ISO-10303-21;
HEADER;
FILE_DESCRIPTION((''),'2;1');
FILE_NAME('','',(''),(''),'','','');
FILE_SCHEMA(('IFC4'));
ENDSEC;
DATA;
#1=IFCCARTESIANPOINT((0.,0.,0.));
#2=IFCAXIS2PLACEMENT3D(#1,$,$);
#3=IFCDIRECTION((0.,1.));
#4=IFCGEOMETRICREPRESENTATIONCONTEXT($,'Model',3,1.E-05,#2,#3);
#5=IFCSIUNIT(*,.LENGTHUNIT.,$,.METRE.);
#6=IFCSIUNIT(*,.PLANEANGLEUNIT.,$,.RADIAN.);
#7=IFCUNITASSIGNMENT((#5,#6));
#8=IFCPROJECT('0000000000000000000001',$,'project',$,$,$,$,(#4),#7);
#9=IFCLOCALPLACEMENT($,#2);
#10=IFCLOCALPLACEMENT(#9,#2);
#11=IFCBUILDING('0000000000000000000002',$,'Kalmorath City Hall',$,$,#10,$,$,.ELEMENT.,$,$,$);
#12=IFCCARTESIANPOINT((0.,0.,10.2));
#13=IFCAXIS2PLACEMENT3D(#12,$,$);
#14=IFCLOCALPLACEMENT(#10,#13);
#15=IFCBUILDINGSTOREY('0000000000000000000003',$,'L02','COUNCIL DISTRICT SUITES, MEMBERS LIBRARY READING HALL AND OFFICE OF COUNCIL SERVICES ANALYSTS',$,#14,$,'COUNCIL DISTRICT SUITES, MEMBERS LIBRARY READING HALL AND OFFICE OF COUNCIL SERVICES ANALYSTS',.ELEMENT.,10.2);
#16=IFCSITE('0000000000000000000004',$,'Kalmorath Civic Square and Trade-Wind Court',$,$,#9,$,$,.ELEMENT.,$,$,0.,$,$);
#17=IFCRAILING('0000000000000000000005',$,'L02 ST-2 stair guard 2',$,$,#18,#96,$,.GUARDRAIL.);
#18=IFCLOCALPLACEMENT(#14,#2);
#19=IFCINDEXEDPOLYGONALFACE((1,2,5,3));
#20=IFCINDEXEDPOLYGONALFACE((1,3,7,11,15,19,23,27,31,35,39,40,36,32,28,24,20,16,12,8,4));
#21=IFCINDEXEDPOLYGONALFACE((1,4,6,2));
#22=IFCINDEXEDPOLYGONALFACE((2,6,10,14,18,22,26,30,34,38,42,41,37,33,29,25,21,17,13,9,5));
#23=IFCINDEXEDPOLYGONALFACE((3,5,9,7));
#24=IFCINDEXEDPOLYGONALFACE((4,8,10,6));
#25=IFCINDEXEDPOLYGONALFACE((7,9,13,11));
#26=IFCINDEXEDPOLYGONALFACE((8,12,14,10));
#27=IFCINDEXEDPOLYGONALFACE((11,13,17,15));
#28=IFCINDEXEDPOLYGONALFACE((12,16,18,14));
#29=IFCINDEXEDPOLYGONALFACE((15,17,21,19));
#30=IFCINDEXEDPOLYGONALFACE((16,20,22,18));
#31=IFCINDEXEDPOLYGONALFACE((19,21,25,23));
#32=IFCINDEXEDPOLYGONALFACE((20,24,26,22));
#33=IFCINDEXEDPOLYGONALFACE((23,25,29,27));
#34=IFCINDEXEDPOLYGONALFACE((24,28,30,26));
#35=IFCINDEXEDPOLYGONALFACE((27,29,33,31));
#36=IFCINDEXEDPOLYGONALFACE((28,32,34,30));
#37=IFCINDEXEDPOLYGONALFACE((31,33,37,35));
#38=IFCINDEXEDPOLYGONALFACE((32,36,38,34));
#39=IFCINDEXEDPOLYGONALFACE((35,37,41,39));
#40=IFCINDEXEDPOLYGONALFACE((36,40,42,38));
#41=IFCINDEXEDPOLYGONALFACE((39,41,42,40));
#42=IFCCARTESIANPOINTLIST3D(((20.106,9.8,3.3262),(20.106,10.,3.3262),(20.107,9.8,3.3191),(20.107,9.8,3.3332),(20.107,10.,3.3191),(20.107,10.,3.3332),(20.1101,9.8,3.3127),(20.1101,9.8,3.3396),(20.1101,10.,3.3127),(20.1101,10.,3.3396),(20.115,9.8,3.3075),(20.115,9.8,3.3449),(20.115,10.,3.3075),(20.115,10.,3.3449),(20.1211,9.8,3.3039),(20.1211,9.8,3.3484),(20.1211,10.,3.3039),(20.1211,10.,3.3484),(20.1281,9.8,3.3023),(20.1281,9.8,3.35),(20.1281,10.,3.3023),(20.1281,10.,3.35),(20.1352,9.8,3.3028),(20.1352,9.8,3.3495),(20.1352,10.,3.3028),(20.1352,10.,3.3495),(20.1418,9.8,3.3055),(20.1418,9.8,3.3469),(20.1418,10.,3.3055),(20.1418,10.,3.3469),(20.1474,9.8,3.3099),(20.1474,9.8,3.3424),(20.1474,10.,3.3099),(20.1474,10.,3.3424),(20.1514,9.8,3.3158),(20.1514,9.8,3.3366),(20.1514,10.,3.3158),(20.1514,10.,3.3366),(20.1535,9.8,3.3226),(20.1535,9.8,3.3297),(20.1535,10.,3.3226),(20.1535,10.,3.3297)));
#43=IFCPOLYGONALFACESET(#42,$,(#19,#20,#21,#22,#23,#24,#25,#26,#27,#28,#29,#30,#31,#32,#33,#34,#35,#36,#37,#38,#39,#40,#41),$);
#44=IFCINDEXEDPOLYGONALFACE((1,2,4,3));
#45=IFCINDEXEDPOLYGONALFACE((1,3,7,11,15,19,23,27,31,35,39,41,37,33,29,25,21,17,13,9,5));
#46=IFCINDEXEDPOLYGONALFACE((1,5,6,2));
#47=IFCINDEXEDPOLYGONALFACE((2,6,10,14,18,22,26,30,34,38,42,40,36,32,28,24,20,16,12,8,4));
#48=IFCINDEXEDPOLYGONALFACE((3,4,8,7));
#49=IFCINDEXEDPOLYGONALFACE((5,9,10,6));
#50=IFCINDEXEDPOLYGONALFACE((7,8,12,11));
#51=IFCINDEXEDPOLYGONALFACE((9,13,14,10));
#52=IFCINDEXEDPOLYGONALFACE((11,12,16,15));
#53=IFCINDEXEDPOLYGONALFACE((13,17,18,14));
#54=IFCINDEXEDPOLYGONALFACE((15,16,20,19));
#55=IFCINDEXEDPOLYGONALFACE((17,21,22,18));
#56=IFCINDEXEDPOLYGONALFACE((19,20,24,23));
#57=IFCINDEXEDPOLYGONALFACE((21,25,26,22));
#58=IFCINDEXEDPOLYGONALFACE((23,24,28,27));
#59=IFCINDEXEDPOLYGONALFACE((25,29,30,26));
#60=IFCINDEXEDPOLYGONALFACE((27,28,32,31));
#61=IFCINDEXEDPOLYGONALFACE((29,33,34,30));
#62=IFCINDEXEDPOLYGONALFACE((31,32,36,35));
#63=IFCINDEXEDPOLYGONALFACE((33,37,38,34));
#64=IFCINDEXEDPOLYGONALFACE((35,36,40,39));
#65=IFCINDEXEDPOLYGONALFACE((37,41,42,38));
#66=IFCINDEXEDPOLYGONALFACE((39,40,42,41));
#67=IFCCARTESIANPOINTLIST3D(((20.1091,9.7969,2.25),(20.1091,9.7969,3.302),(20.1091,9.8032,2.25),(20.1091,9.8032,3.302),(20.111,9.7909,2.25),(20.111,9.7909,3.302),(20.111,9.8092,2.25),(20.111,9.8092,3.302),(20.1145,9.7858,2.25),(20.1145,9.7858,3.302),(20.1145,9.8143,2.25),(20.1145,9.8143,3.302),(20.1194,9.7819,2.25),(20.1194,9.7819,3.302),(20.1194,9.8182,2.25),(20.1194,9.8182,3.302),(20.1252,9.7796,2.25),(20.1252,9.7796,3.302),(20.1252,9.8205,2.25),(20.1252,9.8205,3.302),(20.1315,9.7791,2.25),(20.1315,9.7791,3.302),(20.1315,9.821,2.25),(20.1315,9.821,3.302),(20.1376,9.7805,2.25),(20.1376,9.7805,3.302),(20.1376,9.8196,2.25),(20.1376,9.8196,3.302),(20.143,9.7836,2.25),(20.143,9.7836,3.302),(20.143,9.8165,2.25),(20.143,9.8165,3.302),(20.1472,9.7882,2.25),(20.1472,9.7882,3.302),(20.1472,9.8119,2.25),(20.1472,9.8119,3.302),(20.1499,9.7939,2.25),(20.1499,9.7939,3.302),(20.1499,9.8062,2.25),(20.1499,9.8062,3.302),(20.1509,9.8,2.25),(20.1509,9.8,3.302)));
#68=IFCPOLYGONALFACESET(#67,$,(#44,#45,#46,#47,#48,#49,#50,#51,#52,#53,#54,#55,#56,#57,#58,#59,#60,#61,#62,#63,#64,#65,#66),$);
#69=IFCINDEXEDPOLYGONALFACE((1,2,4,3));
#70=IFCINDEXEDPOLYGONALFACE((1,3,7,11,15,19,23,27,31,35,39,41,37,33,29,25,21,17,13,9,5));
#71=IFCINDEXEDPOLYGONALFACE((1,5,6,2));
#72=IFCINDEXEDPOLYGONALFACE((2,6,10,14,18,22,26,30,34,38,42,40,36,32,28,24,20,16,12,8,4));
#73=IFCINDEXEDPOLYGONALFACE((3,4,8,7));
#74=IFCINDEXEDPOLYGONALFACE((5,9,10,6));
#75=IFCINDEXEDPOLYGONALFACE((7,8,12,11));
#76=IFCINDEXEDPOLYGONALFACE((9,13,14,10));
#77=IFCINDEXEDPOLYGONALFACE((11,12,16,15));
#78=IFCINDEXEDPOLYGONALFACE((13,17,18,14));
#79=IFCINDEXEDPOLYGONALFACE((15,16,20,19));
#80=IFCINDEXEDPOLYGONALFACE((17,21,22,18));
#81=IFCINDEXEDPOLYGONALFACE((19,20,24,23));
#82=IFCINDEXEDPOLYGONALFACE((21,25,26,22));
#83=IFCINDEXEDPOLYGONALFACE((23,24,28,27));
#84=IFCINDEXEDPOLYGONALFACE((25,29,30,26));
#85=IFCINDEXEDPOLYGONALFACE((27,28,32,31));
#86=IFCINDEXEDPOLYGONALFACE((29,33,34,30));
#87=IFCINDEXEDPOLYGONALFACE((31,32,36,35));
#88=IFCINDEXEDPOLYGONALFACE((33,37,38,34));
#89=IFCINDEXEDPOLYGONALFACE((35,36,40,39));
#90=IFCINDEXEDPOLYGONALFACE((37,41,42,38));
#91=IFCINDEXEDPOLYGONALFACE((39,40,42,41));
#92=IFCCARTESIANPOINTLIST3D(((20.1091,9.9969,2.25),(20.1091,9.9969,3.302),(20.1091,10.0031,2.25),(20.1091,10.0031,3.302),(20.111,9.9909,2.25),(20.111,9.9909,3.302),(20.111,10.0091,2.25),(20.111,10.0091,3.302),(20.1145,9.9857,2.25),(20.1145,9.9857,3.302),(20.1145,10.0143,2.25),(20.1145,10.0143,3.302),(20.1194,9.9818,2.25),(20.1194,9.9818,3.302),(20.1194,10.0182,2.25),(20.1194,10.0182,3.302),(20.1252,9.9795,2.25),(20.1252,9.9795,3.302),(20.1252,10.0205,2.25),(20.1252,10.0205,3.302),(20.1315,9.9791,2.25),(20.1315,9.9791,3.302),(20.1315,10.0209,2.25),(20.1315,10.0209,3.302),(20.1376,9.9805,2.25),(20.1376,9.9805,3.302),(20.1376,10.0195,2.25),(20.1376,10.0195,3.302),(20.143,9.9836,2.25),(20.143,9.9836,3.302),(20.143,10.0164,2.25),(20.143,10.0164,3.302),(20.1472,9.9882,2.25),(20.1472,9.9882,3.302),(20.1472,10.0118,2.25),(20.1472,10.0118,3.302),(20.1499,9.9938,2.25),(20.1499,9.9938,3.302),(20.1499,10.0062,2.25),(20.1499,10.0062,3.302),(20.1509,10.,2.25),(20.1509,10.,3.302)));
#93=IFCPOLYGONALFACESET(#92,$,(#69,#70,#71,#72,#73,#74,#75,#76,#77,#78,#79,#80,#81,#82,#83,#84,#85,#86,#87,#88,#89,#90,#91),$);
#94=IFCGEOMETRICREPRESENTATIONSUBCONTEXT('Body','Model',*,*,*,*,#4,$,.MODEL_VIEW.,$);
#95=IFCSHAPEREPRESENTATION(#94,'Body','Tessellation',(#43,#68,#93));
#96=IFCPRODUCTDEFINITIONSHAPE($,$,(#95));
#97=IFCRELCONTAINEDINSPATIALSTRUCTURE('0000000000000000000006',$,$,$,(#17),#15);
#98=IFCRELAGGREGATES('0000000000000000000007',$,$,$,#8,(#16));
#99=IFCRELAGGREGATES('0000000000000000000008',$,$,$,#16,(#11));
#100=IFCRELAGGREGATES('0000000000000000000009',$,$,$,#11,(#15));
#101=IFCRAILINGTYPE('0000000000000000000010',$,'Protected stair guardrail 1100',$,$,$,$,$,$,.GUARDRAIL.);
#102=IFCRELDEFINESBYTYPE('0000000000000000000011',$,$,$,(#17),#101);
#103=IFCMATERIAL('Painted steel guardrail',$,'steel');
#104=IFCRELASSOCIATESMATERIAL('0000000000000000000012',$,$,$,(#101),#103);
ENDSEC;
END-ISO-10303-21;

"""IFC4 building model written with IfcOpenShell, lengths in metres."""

from ifc_helpers import new_model, si_unit, direction, frame, origin, origin_2d, place, context, subcontext, project, spatial, circle, extrude, material, type_object, element, save


model = new_model("IFC4")

# Units and contexts
model_context = context("Model", 3, precision=1e-05, world=origin(), true_north=direction((0.0, 1.0)))
body_context = subcontext(model_context, "Body", "Model", "MODEL_VIEW")
ifc_project = project(units=[si_unit("LENGTHUNIT", "METRE"), si_unit("PLANEANGLEUNIT", "RADIAN")], contexts=[model_context])

# Site, building, storey
site_placement = place(None, origin())
site = spatial("IfcSite", under=ifc_project, at=site_placement, Name="Kalmorath Civic Square and Trade-Wind Court", CompositionType="ELEMENT", RefElevation=0.0)
building_placement = place(site_placement, origin())
building = spatial("IfcBuilding", under=site, at=building_placement, Name="Kalmorath City Hall", CompositionType="ELEMENT")
storey_placement = place(building_placement, frame((0.0, 0.0, 10.2)))
storey = spatial("IfcBuildingStorey", under=building, at=storey_placement, Name="L02", Description="COUNCIL DISTRICT SUITES, MEMBERS LIBRARY READING HALL AND OFFICE OF COUNCIL SERVICES ANALYSTS", LongName="COUNCIL DISTRICT SUITES, MEMBERS LIBRARY READING HALL AND OFFICE OF COUNCIL SERVICES ANALYSTS", CompositionType="ELEMENT", Elevation=10.2)

# Railing
ifc_material_1 = material(Name="Painted steel guardrail", Category="steel")
railing_type_1 = type_object("IfcRailingType", Name="Protected stair guardrail 1100", PredefinedType="GUARDRAIL", material=ifc_material_1)
railing_1_placement = place(storey_placement, frame((20.1299, 9.8, 2.25)))
element("IfcRailing", 1, at=railing_1_placement, inside=storey, type_object=railing_type_1, Name="L02 ST-2 stair guard 2", PredefinedType="GUARDRAIL", context=body_context, shape_type="SweptSolid", body=[
    extrude(circle(Radius=0.0239, at=origin_2d()), frame((0.0, 0.0, 1.0762), z_axis=(0.0, 1.0, 0.0), x_axis=(-1.0, 0.0, 0.0)), (0.0, 0.0, 1.0), 0.2),
    extrude(circle(Radius=0.021, at=origin_2d()), origin(), (0.0, 0.0, 1.0), 1.052),
    extrude(circle(Radius=0.021, at=origin_2d()), frame((0.0, 0.2, 0.0)), (0.0, 0.0, 1.0), 1.052),
])

save(model, "model.ifc")
